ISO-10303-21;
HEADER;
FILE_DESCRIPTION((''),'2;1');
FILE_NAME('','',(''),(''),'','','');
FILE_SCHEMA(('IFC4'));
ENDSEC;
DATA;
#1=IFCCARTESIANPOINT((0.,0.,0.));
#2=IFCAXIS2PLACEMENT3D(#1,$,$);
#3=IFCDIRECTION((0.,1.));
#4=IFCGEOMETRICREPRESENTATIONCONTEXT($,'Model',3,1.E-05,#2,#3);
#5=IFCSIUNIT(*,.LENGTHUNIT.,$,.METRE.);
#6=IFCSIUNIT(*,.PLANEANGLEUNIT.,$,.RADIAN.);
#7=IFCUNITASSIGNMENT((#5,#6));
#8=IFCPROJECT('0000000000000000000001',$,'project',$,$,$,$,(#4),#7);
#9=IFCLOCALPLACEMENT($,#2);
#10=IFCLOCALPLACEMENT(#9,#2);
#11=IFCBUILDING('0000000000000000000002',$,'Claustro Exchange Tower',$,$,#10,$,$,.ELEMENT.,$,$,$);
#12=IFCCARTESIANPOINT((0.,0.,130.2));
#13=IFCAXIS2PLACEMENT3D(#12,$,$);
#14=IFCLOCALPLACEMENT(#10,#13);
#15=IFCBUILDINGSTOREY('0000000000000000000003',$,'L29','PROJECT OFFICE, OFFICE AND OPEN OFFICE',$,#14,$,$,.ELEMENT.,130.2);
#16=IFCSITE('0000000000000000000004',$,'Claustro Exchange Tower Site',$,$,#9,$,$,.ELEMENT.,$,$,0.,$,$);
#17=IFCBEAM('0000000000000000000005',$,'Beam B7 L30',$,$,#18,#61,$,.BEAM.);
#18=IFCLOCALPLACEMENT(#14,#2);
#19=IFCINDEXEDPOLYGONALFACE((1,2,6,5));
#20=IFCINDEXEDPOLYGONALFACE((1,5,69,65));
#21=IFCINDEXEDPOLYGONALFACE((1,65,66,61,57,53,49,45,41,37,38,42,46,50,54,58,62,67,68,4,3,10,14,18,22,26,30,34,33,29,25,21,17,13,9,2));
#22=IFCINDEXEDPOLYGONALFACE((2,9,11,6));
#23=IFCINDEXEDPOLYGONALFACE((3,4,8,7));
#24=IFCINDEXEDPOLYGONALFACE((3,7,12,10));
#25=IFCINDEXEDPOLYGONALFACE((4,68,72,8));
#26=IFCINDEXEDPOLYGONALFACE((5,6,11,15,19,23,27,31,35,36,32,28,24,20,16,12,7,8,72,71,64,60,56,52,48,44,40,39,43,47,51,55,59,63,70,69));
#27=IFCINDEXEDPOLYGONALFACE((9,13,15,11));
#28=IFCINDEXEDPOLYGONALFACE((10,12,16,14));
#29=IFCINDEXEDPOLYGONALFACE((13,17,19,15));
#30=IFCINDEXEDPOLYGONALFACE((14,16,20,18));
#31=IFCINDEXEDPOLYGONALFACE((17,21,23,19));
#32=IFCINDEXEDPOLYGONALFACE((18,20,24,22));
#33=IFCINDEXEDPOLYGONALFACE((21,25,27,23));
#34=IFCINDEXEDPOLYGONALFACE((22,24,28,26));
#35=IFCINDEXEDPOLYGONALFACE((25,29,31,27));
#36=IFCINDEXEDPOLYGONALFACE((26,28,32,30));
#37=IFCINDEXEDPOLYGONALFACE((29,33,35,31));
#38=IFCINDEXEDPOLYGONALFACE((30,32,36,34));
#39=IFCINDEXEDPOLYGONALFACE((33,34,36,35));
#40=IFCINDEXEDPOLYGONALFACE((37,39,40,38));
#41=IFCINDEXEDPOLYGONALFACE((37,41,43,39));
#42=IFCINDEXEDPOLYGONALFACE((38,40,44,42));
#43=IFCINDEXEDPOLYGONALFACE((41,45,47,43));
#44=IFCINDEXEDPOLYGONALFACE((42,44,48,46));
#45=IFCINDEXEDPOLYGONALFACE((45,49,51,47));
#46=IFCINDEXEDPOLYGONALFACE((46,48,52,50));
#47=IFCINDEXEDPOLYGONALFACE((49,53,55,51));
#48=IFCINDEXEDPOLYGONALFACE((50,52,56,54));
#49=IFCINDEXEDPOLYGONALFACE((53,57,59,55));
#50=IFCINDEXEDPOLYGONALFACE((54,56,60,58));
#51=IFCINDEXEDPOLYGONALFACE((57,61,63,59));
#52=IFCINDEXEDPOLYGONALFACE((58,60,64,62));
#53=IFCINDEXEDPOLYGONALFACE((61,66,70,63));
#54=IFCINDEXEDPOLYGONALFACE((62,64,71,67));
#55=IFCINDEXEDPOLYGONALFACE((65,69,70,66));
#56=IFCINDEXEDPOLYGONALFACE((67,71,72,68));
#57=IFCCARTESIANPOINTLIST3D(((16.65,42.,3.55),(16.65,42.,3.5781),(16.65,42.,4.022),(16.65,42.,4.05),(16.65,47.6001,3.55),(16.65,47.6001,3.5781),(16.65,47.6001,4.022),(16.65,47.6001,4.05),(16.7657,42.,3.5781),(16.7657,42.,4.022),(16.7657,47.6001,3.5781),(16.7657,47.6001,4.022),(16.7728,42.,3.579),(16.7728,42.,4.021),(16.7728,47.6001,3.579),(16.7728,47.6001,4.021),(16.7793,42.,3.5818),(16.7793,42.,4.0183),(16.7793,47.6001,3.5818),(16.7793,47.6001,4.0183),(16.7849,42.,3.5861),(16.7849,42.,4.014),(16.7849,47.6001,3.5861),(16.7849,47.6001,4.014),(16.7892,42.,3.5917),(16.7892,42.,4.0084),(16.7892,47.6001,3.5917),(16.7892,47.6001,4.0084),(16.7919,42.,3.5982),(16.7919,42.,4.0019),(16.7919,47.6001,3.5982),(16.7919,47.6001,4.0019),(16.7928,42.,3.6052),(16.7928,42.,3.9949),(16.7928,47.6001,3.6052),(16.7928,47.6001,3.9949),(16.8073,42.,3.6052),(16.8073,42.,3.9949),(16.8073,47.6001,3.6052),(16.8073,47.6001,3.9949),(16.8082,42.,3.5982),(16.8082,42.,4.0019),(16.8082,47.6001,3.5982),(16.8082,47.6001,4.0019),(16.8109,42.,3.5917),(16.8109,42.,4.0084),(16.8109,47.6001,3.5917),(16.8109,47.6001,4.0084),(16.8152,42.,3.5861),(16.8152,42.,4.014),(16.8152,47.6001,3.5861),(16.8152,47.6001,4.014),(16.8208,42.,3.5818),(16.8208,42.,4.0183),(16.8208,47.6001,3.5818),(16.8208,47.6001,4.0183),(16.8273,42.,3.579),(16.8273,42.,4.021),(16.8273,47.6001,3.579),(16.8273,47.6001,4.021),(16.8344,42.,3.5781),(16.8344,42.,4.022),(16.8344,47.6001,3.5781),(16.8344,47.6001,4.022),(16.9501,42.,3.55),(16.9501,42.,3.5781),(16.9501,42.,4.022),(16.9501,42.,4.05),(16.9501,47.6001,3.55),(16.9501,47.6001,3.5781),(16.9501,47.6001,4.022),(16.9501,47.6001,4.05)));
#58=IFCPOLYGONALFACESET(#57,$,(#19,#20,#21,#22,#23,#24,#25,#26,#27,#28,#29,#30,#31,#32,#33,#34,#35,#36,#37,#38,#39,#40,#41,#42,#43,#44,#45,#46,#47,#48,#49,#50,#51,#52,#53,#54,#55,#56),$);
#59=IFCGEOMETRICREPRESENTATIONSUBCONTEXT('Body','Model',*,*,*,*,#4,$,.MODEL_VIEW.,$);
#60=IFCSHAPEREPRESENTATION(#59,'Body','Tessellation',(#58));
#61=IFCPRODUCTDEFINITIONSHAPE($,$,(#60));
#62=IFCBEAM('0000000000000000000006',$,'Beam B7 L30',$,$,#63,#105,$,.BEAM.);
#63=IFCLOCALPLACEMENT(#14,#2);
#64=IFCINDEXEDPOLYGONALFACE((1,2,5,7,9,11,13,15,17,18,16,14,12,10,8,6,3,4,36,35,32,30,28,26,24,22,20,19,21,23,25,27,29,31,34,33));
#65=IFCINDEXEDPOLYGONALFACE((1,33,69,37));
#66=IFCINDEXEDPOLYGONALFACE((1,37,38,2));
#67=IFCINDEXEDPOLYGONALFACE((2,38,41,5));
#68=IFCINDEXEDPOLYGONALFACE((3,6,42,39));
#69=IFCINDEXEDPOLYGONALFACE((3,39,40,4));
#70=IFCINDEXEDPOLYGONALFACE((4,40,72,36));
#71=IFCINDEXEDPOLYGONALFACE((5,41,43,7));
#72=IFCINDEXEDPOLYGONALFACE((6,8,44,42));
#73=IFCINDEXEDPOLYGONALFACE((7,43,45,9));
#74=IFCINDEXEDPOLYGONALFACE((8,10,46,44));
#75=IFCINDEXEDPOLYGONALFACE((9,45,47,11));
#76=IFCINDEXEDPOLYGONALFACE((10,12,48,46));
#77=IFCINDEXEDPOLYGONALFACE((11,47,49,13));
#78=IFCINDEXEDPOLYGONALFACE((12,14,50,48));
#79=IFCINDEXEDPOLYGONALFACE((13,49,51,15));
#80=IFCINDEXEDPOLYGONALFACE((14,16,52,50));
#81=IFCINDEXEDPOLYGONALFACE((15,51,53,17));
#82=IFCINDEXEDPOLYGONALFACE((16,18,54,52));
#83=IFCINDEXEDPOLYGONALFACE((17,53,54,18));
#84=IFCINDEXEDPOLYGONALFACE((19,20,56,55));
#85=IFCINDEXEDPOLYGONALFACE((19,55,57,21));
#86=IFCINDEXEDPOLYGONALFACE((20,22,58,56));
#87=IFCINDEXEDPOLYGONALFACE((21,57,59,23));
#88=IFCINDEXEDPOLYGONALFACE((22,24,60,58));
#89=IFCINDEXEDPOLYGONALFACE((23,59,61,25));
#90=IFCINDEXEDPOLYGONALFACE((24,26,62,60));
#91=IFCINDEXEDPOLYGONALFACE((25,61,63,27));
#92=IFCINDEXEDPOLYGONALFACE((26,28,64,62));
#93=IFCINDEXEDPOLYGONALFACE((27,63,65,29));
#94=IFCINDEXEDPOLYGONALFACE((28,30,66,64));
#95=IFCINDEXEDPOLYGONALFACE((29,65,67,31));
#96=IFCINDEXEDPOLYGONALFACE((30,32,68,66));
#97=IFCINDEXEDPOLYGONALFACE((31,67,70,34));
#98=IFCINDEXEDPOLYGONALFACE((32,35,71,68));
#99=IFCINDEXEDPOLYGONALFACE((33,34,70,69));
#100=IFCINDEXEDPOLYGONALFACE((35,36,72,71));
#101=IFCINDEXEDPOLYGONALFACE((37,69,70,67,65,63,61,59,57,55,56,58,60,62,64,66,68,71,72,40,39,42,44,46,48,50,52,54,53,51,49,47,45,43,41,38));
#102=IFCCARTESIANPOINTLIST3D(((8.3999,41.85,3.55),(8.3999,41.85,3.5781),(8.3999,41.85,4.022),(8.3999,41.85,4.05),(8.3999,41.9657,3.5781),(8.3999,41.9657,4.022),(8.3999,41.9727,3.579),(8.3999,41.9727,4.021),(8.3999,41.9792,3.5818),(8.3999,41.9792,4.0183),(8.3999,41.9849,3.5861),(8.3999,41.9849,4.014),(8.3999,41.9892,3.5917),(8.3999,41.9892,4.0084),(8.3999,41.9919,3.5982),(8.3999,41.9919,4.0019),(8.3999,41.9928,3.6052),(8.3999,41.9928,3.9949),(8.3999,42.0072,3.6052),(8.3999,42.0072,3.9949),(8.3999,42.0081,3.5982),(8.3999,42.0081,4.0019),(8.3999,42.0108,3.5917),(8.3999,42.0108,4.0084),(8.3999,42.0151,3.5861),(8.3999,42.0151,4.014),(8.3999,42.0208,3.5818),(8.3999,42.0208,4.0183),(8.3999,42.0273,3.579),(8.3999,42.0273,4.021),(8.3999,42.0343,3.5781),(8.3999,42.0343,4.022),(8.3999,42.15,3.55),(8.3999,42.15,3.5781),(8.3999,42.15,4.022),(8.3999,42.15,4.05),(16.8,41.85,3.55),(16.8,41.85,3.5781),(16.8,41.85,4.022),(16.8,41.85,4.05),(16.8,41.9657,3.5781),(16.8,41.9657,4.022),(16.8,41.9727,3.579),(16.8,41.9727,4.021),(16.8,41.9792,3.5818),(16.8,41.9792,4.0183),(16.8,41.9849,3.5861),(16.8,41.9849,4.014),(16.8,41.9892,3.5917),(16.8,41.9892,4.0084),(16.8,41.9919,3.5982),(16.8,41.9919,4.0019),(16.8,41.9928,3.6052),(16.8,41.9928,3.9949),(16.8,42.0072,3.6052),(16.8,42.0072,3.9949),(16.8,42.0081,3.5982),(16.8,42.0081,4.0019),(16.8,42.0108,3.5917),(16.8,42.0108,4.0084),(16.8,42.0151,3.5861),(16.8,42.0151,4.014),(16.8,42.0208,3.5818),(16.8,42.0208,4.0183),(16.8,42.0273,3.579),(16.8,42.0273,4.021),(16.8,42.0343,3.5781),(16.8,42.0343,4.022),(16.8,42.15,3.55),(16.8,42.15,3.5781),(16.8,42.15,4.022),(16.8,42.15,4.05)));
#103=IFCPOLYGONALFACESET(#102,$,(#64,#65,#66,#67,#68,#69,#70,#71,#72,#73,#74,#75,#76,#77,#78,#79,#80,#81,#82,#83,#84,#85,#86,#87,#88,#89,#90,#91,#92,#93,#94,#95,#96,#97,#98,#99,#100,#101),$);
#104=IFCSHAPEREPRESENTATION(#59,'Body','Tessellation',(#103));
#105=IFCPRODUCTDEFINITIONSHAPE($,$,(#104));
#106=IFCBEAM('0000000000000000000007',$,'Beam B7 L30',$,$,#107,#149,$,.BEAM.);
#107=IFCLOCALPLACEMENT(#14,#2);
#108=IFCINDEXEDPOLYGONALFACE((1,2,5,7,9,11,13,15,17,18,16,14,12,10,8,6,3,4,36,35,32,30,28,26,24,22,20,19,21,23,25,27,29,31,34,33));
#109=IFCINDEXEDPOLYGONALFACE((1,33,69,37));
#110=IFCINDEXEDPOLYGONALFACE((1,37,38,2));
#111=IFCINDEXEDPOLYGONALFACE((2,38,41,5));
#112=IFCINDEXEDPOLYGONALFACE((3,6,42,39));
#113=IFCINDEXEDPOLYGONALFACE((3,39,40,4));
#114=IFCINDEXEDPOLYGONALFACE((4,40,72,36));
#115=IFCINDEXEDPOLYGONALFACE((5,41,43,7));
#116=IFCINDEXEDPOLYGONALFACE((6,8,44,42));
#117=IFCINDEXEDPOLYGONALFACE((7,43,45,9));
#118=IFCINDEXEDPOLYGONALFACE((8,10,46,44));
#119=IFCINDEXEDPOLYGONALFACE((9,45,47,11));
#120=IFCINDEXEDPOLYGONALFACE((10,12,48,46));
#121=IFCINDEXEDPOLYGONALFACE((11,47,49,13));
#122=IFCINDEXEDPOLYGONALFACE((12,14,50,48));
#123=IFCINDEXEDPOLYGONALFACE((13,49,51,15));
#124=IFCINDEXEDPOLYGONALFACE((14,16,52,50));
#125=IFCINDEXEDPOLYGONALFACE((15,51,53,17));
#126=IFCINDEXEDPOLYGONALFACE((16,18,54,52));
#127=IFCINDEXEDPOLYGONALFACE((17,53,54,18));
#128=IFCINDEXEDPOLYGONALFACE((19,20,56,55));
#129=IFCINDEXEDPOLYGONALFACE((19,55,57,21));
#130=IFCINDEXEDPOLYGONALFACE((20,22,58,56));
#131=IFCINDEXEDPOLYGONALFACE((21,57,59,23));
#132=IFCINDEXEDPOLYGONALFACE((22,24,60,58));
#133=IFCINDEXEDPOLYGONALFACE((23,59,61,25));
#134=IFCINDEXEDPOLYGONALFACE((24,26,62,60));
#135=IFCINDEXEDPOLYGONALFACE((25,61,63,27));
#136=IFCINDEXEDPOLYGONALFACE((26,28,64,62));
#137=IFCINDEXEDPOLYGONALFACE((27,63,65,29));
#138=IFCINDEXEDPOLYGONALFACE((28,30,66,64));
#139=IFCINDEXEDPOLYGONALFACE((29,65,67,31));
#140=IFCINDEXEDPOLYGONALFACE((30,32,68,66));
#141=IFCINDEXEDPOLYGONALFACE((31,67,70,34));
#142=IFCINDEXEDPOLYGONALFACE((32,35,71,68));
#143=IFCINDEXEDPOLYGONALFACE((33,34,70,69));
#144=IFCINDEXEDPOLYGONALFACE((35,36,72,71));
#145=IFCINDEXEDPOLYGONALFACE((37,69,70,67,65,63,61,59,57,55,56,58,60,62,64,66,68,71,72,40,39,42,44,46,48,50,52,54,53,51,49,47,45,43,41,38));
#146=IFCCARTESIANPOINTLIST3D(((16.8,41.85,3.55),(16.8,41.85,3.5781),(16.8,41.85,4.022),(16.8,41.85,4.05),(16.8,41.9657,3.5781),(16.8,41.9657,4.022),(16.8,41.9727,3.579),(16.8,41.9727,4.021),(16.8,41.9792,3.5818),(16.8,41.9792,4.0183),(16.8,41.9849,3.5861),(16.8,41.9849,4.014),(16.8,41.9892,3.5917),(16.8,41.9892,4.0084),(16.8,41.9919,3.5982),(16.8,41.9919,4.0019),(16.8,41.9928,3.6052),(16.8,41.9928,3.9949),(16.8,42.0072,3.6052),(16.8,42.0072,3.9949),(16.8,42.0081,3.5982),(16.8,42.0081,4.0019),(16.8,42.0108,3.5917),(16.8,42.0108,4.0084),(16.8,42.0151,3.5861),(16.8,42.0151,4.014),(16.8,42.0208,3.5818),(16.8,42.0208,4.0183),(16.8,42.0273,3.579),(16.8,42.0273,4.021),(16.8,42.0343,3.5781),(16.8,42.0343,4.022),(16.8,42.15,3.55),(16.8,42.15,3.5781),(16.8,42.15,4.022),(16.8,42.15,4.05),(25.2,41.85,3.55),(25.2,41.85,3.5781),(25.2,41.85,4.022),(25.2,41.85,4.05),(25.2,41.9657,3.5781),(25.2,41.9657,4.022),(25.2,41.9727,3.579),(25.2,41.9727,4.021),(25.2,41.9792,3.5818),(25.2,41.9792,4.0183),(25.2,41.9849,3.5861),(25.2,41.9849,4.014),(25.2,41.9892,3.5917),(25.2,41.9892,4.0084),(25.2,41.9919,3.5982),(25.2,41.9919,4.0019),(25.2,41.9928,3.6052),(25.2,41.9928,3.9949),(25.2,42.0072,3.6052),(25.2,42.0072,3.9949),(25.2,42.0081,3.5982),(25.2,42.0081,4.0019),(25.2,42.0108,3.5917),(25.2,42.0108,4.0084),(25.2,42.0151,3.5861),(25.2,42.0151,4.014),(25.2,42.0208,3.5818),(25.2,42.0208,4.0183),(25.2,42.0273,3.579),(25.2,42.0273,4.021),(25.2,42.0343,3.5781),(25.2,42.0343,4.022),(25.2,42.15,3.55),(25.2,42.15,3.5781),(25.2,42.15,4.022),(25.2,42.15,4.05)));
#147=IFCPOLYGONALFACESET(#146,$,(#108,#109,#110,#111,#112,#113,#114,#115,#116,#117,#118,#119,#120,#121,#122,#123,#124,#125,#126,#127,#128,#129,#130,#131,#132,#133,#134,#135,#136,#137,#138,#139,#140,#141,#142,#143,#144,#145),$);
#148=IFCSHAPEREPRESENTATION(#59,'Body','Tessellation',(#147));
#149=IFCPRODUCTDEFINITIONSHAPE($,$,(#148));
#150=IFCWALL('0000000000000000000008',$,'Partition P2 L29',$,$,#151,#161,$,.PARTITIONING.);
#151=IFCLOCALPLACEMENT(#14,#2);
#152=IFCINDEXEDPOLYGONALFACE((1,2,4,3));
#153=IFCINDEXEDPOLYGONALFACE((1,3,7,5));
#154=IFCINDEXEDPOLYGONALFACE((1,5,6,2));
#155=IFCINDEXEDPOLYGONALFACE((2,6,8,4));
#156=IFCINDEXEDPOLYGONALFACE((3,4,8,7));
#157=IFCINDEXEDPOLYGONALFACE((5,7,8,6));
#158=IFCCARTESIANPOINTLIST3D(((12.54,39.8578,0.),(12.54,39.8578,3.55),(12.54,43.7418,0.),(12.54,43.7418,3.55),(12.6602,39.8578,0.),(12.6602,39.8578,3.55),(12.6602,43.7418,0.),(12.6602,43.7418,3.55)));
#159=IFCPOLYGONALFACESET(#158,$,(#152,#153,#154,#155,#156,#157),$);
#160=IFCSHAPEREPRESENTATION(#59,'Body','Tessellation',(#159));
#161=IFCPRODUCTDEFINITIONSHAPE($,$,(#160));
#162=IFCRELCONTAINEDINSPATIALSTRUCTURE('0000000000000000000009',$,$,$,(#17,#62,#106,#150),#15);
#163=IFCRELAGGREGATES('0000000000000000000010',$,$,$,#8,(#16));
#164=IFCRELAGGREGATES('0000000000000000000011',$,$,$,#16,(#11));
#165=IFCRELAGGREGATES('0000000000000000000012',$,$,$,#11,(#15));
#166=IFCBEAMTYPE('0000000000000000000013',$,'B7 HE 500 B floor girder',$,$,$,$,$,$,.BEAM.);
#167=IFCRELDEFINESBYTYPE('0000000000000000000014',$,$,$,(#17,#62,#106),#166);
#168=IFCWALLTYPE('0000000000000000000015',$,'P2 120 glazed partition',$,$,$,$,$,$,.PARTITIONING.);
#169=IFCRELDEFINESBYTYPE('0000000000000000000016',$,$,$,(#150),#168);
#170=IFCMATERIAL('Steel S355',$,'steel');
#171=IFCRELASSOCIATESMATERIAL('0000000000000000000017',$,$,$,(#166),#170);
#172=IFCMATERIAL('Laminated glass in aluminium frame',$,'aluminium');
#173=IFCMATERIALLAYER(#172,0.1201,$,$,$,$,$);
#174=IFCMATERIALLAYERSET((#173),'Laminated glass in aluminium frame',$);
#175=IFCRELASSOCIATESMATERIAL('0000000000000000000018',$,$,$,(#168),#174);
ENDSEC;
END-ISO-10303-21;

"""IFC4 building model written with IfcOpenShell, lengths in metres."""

from ifc_helpers import new_model, si_unit, direction, frame, frame_2d, origin, origin_2d, place, context, subcontext, project, spatial, rectangle, i_section, extrude, material, layer, layer_set, material_profile, profile_set, type_object, element, save


model = new_model("IFC4")

# Units and contexts
model_context = context("Model", 3, precision=1e-05, world=origin(), true_north=direction((0.0, 1.0)))
body_context = subcontext(model_context, "Body", "Model", "MODEL_VIEW")
ifc_project = project(units=[si_unit("LENGTHUNIT", "METRE"), si_unit("PLANEANGLEUNIT", "RADIAN")], contexts=[model_context])

# Site, building, storey
site_placement = place(None, origin())
site = spatial("IfcSite", under=ifc_project, at=site_placement, Name="Claustro Exchange Tower Site", CompositionType="ELEMENT", RefElevation=0.0)
building_placement = place(site_placement, origin())
building = spatial("IfcBuilding", under=site, at=building_placement, Name="Claustro Exchange Tower", CompositionType="ELEMENT")
storey_placement = place(building_placement, frame((0.0, 0.0, 130.2)))
storey = spatial("IfcBuildingStorey", under=building, at=storey_placement, Name="L29", Description="PROJECT OFFICE, OFFICE AND OPEN OFFICE", CompositionType="ELEMENT", Elevation=130.2)

# Beams
ifc_material_1 = material(Name="Steel S355", Category="steel")
ifc_material_profile_1 = material_profile(ifc_material_1, i_section(OverallWidth=0.3, OverallDepth=0.5, WebThickness=0.0144, FlangeThickness=0.0281, FilletRadius=0.0271, at=origin_2d()), Name="HE 500 B")
ifc_profile_set_1 = profile_set([ifc_material_profile_1], Name="Steel S355")
beam_type_1 = type_object("IfcBeamType", Name="B7 HE 500 B floor girder", PredefinedType="BEAM", material=ifc_profile_set_1)
for number, where, z_axis, x_axis, name in (
    (1, (16.8, 42.0, 3.8), (0.0, 1.0, 0.0), (-1.0, 0.0, 0.0), "Beam B7 L30"),
):
    element("IfcBeam", number, at=place(storey_placement, frame(where, z_axis=z_axis, x_axis=x_axis)), inside=storey, type_object=beam_type_1, Name=name, PredefinedType="BEAM", context=body_context, shape_type="SweptSolid", body=[
        extrude(i_section(OverallWidth=0.3, OverallDepth=0.5, WebThickness=0.0144, FlangeThickness=0.0281, FilletRadius=0.0271, at=origin_2d()), origin(), (0.0, 0.0, 1.0), 5.6001),
    ])
beam_1_placement = place(storey_placement, frame((8.3999, 42.0, 3.8), z_axis=(1.0, 0.0, 0.0), x_axis=(0.0, 1.0, 0.0)))
element("IfcBeam", 2, at=beam_1_placement, inside=storey, type_object=beam_type_1, Name="Beam B7 L30", PredefinedType="BEAM", context=body_context, shape_type="SweptSolid", body=[
    extrude(i_section(OverallWidth=0.3, OverallDepth=0.5, WebThickness=0.0144, FlangeThickness=0.0281, FilletRadius=0.0271, at=origin_2d()), origin(), (0.0, 0.0, 1.0), 8.4001),
])
beam_2_placement = place(storey_placement, frame((16.8, 42.0, 3.8), z_axis=(1.0, 0.0, 0.0), x_axis=(0.0, 1.0, 0.0)))
element("IfcBeam", 3, at=beam_2_placement, inside=storey, type_object=beam_type_1, Name="Beam B7 L30", PredefinedType="BEAM", context=body_context, shape_type="SweptSolid", body=[
    extrude(i_section(OverallWidth=0.3, OverallDepth=0.5, WebThickness=0.0144, FlangeThickness=0.0281, FilletRadius=0.0271, at=origin_2d()), origin(), (0.0, 0.0, 1.0), 8.3999),
])

# Wall
ifc_material_2 = material(Name="Laminated glass in aluminium frame", Category="aluminium")
ifc_layer = layer(ifc_material_2, 0.1201)
ifc_layer_set = layer_set([ifc_layer], Name="Laminated glass in aluminium frame")
wall_type = type_object("IfcWallType", Name="P2 120 glazed partition", PredefinedType="PARTITIONING", material=ifc_layer_set)
wall_1_placement = place(storey_placement, frame((12.6001, 39.8579, 0.0), z_axis=(0.0, 0.0, 1.0), x_axis=(0.0, 1.0, 0.0)))
element("IfcWall", 4, at=wall_1_placement, inside=storey, type_object=wall_type, Name="Partition P2 L29", PredefinedType="PARTITIONING", context=body_context, shape_type="SweptSolid", body=[
    extrude(rectangle(XDim=3.884, YDim=0.1201, at=frame_2d((1.9419, 0.0))), origin(), (0.0, 0.0, 1.0), 3.55),
])

save(model, "model.ifc")
